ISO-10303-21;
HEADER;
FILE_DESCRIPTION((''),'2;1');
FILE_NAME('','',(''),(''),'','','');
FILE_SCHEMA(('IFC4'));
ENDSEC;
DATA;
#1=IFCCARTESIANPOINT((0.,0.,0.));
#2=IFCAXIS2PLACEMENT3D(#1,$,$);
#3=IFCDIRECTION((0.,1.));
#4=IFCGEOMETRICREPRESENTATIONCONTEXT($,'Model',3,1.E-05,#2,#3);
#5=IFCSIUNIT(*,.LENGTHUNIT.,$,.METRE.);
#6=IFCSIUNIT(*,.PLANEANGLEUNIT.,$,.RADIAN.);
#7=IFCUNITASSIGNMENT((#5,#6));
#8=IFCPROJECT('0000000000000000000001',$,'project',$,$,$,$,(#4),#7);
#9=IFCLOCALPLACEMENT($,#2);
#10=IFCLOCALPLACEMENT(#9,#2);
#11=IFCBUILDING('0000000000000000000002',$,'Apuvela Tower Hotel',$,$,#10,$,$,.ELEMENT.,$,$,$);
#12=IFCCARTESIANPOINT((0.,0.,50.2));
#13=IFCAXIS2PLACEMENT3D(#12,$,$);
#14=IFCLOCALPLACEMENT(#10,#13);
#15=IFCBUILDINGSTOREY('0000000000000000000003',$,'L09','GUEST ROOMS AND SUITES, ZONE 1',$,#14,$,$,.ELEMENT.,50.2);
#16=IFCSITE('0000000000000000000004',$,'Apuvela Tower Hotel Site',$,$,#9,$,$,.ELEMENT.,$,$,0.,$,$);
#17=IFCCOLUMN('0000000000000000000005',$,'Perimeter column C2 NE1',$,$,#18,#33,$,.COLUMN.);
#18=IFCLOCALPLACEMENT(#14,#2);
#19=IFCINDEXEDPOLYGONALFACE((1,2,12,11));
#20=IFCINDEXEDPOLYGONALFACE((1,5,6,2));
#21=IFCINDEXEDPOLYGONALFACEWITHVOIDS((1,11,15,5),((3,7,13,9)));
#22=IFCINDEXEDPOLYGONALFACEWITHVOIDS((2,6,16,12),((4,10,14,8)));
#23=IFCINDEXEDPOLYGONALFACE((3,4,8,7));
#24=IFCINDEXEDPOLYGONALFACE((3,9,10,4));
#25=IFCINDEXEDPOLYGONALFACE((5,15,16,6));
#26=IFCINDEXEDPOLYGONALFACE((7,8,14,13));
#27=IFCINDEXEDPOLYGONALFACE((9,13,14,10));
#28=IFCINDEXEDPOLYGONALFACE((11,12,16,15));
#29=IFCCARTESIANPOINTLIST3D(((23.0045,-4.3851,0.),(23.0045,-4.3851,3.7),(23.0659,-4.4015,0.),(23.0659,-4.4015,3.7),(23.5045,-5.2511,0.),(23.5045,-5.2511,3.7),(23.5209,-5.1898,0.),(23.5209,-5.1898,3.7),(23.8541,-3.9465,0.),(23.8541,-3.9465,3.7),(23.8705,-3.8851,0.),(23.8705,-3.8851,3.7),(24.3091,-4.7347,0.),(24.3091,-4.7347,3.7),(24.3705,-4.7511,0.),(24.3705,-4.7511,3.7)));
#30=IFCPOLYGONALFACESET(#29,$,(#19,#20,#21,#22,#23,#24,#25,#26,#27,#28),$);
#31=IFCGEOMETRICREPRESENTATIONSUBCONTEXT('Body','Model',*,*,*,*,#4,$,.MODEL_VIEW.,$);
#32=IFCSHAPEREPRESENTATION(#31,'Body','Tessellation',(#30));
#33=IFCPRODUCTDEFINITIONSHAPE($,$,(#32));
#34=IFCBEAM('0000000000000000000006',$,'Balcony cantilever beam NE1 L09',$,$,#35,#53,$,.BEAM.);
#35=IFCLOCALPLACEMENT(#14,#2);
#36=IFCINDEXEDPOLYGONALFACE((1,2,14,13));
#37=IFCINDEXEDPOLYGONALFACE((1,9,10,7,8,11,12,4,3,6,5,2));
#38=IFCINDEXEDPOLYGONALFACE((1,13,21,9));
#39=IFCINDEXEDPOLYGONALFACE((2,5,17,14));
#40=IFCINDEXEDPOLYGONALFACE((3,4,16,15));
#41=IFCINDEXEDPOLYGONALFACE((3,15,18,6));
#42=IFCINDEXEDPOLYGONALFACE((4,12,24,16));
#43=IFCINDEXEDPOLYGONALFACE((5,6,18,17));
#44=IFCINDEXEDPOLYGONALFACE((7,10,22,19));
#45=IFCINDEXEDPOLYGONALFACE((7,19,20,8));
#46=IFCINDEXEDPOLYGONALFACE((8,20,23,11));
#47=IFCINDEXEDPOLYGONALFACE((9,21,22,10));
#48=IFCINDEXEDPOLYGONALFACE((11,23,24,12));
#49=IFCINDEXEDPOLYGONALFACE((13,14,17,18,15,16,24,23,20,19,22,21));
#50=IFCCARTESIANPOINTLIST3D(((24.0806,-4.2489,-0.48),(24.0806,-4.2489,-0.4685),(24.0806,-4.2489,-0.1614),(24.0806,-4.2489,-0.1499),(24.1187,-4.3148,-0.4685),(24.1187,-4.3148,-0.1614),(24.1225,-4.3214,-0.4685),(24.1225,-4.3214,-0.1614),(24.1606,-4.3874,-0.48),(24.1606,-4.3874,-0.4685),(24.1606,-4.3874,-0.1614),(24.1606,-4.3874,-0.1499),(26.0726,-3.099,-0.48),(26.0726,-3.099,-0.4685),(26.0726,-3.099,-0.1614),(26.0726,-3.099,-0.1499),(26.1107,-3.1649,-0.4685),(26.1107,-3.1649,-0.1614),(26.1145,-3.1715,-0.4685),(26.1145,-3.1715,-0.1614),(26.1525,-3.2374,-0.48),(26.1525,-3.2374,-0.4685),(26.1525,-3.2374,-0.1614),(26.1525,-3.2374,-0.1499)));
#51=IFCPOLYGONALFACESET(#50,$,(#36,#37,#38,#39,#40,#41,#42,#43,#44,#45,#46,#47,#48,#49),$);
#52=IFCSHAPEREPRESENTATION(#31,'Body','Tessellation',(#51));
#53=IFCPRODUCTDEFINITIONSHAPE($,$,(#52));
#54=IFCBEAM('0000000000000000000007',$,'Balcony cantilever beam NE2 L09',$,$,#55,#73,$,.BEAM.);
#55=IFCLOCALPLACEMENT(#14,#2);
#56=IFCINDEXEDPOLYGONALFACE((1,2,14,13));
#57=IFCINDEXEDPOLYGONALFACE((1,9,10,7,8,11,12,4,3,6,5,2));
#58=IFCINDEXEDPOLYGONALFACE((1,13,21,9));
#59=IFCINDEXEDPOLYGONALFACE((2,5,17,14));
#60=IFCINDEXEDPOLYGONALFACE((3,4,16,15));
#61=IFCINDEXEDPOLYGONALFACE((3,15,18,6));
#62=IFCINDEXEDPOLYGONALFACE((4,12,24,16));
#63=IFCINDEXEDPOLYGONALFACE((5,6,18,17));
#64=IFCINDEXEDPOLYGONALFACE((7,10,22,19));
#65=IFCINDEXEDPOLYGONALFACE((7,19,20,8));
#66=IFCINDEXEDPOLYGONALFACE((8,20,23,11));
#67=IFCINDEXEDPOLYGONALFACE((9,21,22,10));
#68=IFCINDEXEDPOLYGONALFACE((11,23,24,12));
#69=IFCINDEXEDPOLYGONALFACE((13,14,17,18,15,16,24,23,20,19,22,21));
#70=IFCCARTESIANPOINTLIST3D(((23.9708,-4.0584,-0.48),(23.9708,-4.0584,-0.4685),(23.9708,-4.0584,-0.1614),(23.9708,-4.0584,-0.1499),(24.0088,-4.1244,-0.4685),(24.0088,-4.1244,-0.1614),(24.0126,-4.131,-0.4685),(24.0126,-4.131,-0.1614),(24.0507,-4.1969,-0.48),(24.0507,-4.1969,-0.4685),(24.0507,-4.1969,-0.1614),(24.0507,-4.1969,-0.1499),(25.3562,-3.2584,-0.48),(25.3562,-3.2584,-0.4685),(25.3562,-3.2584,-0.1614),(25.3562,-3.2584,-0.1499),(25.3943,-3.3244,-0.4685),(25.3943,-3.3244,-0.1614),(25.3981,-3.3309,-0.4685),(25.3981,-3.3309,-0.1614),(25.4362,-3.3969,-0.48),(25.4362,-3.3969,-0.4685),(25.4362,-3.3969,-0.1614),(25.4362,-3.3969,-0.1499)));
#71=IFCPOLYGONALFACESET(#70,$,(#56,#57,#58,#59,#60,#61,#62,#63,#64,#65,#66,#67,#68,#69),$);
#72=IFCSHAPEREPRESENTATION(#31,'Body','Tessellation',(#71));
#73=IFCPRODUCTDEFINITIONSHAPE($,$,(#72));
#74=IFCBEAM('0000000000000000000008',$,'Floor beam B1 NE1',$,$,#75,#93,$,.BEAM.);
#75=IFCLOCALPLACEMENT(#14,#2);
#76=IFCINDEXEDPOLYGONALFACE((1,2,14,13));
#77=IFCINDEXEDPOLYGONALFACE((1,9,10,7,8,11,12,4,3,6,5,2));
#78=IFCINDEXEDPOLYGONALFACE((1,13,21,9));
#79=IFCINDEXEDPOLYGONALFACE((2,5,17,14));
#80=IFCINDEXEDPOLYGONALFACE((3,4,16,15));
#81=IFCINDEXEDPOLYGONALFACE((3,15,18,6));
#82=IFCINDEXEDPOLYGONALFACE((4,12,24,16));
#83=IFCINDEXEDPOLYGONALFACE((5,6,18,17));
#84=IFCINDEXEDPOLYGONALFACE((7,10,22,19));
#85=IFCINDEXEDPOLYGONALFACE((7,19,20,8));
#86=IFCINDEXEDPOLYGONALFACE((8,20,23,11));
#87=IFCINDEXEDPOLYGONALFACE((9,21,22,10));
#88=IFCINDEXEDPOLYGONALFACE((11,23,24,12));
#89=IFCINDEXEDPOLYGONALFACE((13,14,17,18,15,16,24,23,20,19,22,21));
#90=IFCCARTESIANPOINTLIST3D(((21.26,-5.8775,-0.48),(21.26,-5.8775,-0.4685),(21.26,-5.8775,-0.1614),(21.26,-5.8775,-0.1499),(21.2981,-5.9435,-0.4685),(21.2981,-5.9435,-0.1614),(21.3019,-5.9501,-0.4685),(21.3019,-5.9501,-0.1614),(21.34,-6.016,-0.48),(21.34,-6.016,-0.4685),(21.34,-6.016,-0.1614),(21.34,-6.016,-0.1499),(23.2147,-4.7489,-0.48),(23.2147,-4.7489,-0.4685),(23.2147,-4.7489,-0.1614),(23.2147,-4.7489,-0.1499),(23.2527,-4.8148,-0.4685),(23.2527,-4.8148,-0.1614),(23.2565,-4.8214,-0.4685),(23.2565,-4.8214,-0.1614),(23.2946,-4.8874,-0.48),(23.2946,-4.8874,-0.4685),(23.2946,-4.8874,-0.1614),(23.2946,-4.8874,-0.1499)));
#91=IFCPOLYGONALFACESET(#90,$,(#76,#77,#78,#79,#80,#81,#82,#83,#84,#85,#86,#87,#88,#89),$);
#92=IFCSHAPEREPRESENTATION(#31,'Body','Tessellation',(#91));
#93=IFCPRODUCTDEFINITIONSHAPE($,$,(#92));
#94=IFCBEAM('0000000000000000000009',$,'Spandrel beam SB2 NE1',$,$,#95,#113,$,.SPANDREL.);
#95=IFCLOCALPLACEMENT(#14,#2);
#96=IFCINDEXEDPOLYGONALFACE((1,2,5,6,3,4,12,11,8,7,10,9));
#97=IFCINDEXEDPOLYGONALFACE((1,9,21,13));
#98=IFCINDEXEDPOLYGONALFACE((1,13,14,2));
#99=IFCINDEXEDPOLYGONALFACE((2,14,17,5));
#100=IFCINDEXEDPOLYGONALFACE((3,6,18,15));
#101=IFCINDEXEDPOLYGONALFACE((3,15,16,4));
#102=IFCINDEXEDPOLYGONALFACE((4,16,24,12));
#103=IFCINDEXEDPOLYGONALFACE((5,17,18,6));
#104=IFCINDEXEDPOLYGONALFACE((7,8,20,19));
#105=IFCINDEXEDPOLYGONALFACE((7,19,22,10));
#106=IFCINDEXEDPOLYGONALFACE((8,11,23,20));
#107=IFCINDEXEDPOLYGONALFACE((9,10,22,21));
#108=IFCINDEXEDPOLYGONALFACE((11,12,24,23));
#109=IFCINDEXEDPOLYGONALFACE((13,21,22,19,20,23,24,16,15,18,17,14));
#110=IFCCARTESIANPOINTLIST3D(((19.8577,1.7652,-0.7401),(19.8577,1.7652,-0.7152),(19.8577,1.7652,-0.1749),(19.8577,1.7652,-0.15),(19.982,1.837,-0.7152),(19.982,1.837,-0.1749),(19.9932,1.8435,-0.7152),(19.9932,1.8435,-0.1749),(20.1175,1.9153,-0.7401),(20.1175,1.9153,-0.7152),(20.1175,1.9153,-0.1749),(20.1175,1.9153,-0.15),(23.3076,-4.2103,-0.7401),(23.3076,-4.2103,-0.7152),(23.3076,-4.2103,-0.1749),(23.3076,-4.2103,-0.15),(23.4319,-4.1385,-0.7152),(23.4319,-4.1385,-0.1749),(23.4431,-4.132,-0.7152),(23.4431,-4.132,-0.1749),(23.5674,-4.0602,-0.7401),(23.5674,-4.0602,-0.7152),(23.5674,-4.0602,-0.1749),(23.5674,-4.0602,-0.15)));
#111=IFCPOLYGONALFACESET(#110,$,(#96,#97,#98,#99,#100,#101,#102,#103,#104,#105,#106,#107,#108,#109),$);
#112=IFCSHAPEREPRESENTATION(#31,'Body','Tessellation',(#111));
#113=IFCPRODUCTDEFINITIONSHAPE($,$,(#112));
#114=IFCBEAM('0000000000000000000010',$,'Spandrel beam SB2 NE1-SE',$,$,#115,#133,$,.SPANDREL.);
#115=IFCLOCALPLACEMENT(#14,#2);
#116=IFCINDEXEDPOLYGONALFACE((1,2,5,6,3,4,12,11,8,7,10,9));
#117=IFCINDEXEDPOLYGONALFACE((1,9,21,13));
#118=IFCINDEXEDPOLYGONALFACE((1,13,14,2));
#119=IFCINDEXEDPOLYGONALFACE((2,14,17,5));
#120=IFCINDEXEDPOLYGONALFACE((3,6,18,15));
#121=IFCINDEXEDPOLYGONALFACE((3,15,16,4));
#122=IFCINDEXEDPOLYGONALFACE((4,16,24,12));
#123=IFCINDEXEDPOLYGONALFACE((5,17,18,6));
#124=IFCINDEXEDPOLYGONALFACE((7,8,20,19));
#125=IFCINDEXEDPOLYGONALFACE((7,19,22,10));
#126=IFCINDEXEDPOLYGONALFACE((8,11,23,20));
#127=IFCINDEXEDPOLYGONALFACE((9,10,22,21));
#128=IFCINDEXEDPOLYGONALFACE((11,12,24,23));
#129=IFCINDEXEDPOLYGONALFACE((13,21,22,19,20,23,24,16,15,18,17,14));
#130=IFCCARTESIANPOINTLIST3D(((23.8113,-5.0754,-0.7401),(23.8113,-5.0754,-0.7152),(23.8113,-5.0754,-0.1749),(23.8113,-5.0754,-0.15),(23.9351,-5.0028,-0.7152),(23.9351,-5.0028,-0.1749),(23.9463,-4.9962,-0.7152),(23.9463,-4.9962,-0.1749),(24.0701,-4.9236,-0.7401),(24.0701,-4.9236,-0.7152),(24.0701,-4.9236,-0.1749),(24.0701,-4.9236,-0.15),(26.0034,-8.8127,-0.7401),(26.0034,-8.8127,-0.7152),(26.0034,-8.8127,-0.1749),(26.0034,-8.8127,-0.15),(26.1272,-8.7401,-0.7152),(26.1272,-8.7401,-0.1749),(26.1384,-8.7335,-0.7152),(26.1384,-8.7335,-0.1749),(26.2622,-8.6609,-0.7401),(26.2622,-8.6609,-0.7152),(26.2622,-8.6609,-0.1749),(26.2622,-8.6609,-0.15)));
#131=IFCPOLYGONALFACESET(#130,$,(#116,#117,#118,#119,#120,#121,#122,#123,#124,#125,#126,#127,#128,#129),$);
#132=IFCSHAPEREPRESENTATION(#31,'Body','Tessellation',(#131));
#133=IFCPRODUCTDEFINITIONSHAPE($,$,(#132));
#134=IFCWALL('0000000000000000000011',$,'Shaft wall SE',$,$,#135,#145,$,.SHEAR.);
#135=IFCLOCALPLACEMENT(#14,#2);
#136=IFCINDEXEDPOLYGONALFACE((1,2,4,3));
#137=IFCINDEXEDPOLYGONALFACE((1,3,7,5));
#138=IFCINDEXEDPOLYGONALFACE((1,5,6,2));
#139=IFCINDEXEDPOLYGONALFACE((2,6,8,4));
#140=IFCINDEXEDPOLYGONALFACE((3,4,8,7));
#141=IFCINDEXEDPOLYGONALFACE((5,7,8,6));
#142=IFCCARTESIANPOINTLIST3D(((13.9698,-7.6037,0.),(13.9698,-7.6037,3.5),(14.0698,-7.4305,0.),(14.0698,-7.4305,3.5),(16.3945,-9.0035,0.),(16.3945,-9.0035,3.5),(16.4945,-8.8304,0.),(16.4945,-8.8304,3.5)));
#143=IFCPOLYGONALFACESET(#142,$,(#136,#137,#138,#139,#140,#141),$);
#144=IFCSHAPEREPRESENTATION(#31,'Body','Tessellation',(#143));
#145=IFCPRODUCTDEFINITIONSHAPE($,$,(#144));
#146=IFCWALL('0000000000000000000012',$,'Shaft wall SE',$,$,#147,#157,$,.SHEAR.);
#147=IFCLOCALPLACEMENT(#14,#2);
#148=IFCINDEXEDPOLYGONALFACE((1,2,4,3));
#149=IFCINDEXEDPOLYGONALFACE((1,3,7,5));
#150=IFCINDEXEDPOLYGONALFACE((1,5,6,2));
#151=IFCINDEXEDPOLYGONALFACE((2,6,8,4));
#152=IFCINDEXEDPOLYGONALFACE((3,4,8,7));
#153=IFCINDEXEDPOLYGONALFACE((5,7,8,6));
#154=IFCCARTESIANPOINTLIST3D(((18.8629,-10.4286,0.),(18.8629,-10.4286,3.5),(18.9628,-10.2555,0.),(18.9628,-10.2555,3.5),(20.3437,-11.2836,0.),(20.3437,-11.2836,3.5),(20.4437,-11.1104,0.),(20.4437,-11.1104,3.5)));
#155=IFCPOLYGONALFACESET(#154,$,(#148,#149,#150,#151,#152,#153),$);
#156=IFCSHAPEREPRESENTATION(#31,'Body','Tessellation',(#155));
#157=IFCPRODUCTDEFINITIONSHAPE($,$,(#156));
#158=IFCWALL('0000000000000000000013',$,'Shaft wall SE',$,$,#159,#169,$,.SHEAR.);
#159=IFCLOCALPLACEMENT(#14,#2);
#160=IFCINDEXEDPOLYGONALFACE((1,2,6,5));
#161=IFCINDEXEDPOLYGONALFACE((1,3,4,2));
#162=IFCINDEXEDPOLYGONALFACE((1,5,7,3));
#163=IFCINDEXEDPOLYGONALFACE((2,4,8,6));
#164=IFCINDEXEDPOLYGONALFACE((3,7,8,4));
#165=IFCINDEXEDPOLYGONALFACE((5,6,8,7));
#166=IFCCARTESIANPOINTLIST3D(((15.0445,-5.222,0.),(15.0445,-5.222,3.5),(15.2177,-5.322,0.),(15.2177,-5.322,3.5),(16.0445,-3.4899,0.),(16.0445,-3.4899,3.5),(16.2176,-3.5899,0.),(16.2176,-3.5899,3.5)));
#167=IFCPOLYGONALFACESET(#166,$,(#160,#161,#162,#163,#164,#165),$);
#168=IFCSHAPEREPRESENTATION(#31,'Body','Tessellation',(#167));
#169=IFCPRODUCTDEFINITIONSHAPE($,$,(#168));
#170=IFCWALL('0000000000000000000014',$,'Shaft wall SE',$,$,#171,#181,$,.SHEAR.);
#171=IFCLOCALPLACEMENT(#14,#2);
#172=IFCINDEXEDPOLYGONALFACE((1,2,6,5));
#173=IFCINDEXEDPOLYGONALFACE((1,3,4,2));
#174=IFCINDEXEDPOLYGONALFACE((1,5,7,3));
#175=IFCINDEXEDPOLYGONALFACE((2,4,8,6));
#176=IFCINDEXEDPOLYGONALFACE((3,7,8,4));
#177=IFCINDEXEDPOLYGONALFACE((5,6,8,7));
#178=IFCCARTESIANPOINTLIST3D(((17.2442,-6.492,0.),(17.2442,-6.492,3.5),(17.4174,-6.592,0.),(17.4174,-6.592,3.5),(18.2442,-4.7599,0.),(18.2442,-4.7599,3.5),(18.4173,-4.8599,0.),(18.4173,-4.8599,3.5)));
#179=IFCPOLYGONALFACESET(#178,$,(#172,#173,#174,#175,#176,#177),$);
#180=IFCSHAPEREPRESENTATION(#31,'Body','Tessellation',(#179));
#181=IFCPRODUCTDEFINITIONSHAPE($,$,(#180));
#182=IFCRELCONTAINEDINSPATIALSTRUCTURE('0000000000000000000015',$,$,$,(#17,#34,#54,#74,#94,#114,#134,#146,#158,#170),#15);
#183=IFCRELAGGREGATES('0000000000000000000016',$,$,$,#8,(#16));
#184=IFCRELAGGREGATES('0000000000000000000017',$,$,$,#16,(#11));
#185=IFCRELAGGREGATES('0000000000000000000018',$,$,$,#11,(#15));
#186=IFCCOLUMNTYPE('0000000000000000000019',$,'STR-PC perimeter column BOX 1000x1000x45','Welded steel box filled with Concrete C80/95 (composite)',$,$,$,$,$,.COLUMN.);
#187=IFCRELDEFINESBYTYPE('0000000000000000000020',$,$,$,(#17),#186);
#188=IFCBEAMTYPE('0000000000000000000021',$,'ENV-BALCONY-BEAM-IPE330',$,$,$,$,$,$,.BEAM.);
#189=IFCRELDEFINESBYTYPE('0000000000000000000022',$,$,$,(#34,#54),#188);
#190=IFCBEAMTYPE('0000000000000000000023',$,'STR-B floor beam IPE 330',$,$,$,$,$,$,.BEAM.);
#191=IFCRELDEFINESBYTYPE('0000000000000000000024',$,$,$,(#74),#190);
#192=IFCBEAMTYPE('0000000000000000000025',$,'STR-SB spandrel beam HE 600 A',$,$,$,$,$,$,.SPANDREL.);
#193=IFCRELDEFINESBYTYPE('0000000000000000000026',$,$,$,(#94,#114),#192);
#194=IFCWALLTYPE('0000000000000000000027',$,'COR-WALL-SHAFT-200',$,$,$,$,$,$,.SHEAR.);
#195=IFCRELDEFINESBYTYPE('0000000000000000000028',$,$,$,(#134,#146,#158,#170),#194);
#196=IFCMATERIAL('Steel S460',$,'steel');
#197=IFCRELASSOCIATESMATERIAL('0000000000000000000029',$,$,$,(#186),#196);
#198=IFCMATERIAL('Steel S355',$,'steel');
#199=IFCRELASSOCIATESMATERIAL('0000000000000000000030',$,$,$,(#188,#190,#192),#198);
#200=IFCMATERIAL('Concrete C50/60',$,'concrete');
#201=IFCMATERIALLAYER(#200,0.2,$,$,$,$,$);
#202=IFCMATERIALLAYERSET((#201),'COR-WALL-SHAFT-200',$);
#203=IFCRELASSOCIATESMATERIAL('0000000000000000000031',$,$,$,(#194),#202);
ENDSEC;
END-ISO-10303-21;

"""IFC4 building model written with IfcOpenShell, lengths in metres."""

from ifc_helpers import new_model, si_unit, direction, frame, frame_2d, origin, origin_2d, place, context, subcontext, project, spatial, rectangle, hollow_rectangle, i_section, extrude, material, layer, layer_set, material_profile, profile_set, type_object, element, save


model = new_model("IFC4")

# Units and contexts
model_context = context("Model", 3, precision=1e-05, world=origin(), true_north=direction((0.0, 1.0)))
body_context = subcontext(model_context, "Body", "Model", "MODEL_VIEW")
ifc_project = project(units=[si_unit("LENGTHUNIT", "METRE"), si_unit("PLANEANGLEUNIT", "RADIAN")], contexts=[model_context])

# Site, building, storey
site_placement = place(None, origin())
site = spatial("IfcSite", under=ifc_project, at=site_placement, Name="Apuvela Tower Hotel Site", CompositionType="ELEMENT", RefElevation=0.0)
building_placement = place(site_placement, origin())
building = spatial("IfcBuilding", under=site, at=building_placement, Name="Apuvela Tower Hotel", CompositionType="ELEMENT")
storey_placement = place(building_placement, frame((0.0, 0.0, 50.2)))
storey = spatial("IfcBuildingStorey", under=building, at=storey_placement, Name="L09", Description="GUEST ROOMS AND SUITES, ZONE 1", CompositionType="ELEMENT", Elevation=50.2)

# Column
ifc_material_1 = material(Name="Steel S460", Category="steel")
ifc_material_profile_1 = material_profile(ifc_material_1, hollow_rectangle(XDim=1.0, YDim=1.0, WallThickness=0.0449, at=origin_2d()), Name="BOX 1000x1000x45")
ifc_material_2 = material(Name="Concrete C80/95", Category="concrete")
ifc_material_profile_2 = material_profile(ifc_material_2, rectangle(XDim=0.9099, YDim=0.9099, at=origin_2d()), Name="Concrete C80/95 infill")
ifc_profile_set_1 = profile_set([ifc_material_profile_1, ifc_material_profile_2], Name="Steel S460")
column_type = type_object("IfcColumnType", Name="STR-PC perimeter column BOX 1000x1000x45", Description="Welded steel box filled with Concrete C80/95 (composite)", PredefinedType="COLUMN", material=ifc_profile_set_1)
column_placement = place(storey_placement, frame((23.6875, -4.5681, 0.0), z_axis=(0.0, 0.0, 1.0), x_axis=(-0.5, 0.866025, 0.0)))
element("IfcColumn", 1, at=column_placement, inside=storey, type_object=column_type, Name="Perimeter column C2 NE1", PredefinedType="COLUMN", context=body_context, shape_type="SweptSolid", body=[
    extrude(hollow_rectangle(XDim=1.0, YDim=1.0, WallThickness=0.0449, at=origin_2d()), origin(), (0.0, 0.0, 1.0), 3.7),
])

# Beams
ifc_material_3 = material(Name="Steel S355", Category="steel")
ifc_material_profile_3 = material_profile(ifc_material_3, i_section(OverallWidth=0.1599, OverallDepth=0.3301, WebThickness=0.0076, FlangeThickness=0.0115, at=origin_2d()), Name="IPE 330")
ifc_profile_set_2 = profile_set([ifc_material_profile_3], Name="Steel S355")
beam_type_1 = type_object("IfcBeamType", Name="ENV-BALCONY-BEAM-IPE330", PredefinedType="BEAM", material=ifc_profile_set_2)
beam_1_placement = place(storey_placement, frame((24.1206, -4.3181, -0.3149), z_axis=(0.866053, 0.499952, 0.0), x_axis=(-0.499952, 0.866053, 0.0)))
element("IfcBeam", 2, at=beam_1_placement, inside=storey, type_object=beam_type_1, Name="Balcony cantilever beam NE1 L09", PredefinedType="BEAM", context=body_context, shape_type="SweptSolid", body=[
    extrude(i_section(OverallWidth=0.1599, OverallDepth=0.3301, WebThickness=0.0076, FlangeThickness=0.0115, at=origin_2d()), origin(), (0.0, 0.0, 1.0), 2.3),
])
beam_2_placement = place(storey_placement, frame((24.0107, -4.1277, -0.3149), z_axis=(0.86599, 0.500061, 0.0), x_axis=(-0.500061, 0.86599, 0.0)))
element("IfcBeam", 3, at=beam_2_placement, inside=storey, type_object=beam_type_1, Name="Balcony cantilever beam NE2 L09", PredefinedType="BEAM", context=body_context, shape_type="SweptSolid", body=[
    extrude(i_section(OverallWidth=0.1599, OverallDepth=0.3301, WebThickness=0.0076, FlangeThickness=0.0115, at=origin_2d()), origin(), (0.0, 0.0, 1.0), 1.5999),
])
ifc_material_profile_4 = material_profile(ifc_material_3, i_section(OverallWidth=0.1599, OverallDepth=0.3301, WebThickness=0.0076, FlangeThickness=0.0115, at=origin_2d()), Name="IPE 330")
ifc_profile_set_3 = profile_set([ifc_material_profile_4], Name="Steel S355")
beam_type_2 = type_object("IfcBeamType", Name="STR-B floor beam IPE 330", PredefinedType="BEAM", material=ifc_profile_set_3)
beam_3_placement = place(storey_placement, frame((23.2546, -4.8181, -0.3149), z_axis=(-0.865991, -0.50006, 0.0), x_axis=(0.50006, -0.865991, 0.0)))
element("IfcBeam", 4, at=beam_3_placement, inside=storey, type_object=beam_type_2, Name="Floor beam B1 NE1", PredefinedType="BEAM", context=body_context, shape_type="SweptSolid", body=[
    extrude(i_section(OverallWidth=0.1599, OverallDepth=0.3301, WebThickness=0.0076, FlangeThickness=0.0115, at=origin_2d()), origin(), (0.0, 0.0, 1.0), 2.2571),
])
ifc_material_profile_5 = material_profile(ifc_material_3, i_section(OverallWidth=0.3, OverallDepth=0.5901, WebThickness=0.0129, FlangeThickness=0.0249, at=origin_2d()), Name="HE 600 A")
ifc_profile_set_4 = profile_set([ifc_material_profile_5], Name="Steel S355")
beam_type_3 = type_object("IfcBeamType", Name="STR-SB spandrel beam HE 600 A", PredefinedType="SPANDREL", material=ifc_profile_set_4)
beam_4_placement = place(storey_placement, frame((23.4375, -4.1353, -0.4451), z_axis=(-0.499994, 0.866029, 0.0), x_axis=(-0.866029, -0.499994, 0.0)))
element("IfcBeam", 5, at=beam_4_placement, inside=storey, type_object=beam_type_3, Name="Spandrel beam SB2 NE1", PredefinedType="SPANDREL", context=body_context, shape_type="SweptSolid", body=[
    extrude(i_section(OverallWidth=0.3, OverallDepth=0.5901, WebThickness=0.0129, FlangeThickness=0.0249, at=origin_2d()), origin(), (0.0, 0.0, 1.0), 6.8999),
])
beam_5_placement = place(storey_placement, frame((23.9407, -4.9995, -0.4451), z_axis=(0.505944, -0.862567, 0.0), x_axis=(0.862567, 0.505944, 0.0)))
element("IfcBeam", 6, at=beam_5_placement, inside=storey, type_object=beam_type_3, Name="Spandrel beam SB2 NE1-SE", PredefinedType="SPANDREL", context=body_context, shape_type="SweptSolid", body=[
    extrude(i_section(OverallWidth=0.3, OverallDepth=0.5901, WebThickness=0.0129, FlangeThickness=0.0249, at=origin_2d()), origin(), (0.0, 0.0, 1.0), 4.3328),
])

# Walls
ifc_material_4 = material(Name="Concrete C50/60", Category="concrete")
ifc_layer_1 = layer(ifc_material_4, 0.2)
ifc_layer_set_1 = layer_set([ifc_layer_1], Name="COR-WALL-SHAFT-200")
wall_type_1 = type_object("IfcWallType", Name="COR-WALL-SHAFT-200", PredefinedType="SHEAR", material=ifc_layer_set_1)
wall_1_placement = place(storey_placement, frame((14.0198, -7.5171, 0.0), z_axis=(0.0, 0.0, 1.0), x_axis=(0.866035, -0.499984, 0.0)))
element("IfcWall", 7, at=wall_1_placement, inside=storey, type_object=wall_type_1, Name="Shaft wall SE", PredefinedType="SHEAR", context=body_context, shape_type="SweptSolid", body=[
    extrude(rectangle(XDim=2.7998, YDim=0.2, at=frame_2d((1.3999, 0.0))), origin(), (0.0, 0.0, 1.0), 3.5),
])
wall_2_placement = place(storey_placement, frame((18.9128, -10.342, 0.0), z_axis=(0.0, 0.0, 1.0), x_axis=(0.866038, -0.499978, 0.0)))
element("IfcWall", 8, at=wall_2_placement, inside=storey, type_object=wall_type_1, Name="Shaft wall SE", PredefinedType="SHEAR", context=body_context, shape_type="SweptSolid", body=[
    extrude(rectangle(XDim=1.71, YDim=0.2, at=frame_2d((0.855, 0.0))), origin(), (0.0, 0.0, 1.0), 3.5),
])
for number, where, z_axis, x_axis, name in (
    (9, (15.1311, -5.272, 0.0), (0.0, 0.0, 1.0), (0.499973, 0.866041, 0.0), "Shaft wall SE"),
    (10, (17.3308, -6.542, 0.0), (0.0, 0.0, 1.0), (0.499973, 0.866041, 0.0), "Shaft wall SE"),
):
    element("IfcWall", number, at=place(storey_placement, frame(where, z_axis=z_axis, x_axis=x_axis)), inside=storey, type_object=wall_type_1, Name=name, PredefinedType="SHEAR", context=body_context, shape_type="SweptSolid", body=[
        extrude(rectangle(XDim=2.0, YDim=0.2, at=frame_2d((1.0, 0.0))), origin(), (0.0, 0.0, 1.0), 3.5),
    ])

save(model, "model.ifc")
